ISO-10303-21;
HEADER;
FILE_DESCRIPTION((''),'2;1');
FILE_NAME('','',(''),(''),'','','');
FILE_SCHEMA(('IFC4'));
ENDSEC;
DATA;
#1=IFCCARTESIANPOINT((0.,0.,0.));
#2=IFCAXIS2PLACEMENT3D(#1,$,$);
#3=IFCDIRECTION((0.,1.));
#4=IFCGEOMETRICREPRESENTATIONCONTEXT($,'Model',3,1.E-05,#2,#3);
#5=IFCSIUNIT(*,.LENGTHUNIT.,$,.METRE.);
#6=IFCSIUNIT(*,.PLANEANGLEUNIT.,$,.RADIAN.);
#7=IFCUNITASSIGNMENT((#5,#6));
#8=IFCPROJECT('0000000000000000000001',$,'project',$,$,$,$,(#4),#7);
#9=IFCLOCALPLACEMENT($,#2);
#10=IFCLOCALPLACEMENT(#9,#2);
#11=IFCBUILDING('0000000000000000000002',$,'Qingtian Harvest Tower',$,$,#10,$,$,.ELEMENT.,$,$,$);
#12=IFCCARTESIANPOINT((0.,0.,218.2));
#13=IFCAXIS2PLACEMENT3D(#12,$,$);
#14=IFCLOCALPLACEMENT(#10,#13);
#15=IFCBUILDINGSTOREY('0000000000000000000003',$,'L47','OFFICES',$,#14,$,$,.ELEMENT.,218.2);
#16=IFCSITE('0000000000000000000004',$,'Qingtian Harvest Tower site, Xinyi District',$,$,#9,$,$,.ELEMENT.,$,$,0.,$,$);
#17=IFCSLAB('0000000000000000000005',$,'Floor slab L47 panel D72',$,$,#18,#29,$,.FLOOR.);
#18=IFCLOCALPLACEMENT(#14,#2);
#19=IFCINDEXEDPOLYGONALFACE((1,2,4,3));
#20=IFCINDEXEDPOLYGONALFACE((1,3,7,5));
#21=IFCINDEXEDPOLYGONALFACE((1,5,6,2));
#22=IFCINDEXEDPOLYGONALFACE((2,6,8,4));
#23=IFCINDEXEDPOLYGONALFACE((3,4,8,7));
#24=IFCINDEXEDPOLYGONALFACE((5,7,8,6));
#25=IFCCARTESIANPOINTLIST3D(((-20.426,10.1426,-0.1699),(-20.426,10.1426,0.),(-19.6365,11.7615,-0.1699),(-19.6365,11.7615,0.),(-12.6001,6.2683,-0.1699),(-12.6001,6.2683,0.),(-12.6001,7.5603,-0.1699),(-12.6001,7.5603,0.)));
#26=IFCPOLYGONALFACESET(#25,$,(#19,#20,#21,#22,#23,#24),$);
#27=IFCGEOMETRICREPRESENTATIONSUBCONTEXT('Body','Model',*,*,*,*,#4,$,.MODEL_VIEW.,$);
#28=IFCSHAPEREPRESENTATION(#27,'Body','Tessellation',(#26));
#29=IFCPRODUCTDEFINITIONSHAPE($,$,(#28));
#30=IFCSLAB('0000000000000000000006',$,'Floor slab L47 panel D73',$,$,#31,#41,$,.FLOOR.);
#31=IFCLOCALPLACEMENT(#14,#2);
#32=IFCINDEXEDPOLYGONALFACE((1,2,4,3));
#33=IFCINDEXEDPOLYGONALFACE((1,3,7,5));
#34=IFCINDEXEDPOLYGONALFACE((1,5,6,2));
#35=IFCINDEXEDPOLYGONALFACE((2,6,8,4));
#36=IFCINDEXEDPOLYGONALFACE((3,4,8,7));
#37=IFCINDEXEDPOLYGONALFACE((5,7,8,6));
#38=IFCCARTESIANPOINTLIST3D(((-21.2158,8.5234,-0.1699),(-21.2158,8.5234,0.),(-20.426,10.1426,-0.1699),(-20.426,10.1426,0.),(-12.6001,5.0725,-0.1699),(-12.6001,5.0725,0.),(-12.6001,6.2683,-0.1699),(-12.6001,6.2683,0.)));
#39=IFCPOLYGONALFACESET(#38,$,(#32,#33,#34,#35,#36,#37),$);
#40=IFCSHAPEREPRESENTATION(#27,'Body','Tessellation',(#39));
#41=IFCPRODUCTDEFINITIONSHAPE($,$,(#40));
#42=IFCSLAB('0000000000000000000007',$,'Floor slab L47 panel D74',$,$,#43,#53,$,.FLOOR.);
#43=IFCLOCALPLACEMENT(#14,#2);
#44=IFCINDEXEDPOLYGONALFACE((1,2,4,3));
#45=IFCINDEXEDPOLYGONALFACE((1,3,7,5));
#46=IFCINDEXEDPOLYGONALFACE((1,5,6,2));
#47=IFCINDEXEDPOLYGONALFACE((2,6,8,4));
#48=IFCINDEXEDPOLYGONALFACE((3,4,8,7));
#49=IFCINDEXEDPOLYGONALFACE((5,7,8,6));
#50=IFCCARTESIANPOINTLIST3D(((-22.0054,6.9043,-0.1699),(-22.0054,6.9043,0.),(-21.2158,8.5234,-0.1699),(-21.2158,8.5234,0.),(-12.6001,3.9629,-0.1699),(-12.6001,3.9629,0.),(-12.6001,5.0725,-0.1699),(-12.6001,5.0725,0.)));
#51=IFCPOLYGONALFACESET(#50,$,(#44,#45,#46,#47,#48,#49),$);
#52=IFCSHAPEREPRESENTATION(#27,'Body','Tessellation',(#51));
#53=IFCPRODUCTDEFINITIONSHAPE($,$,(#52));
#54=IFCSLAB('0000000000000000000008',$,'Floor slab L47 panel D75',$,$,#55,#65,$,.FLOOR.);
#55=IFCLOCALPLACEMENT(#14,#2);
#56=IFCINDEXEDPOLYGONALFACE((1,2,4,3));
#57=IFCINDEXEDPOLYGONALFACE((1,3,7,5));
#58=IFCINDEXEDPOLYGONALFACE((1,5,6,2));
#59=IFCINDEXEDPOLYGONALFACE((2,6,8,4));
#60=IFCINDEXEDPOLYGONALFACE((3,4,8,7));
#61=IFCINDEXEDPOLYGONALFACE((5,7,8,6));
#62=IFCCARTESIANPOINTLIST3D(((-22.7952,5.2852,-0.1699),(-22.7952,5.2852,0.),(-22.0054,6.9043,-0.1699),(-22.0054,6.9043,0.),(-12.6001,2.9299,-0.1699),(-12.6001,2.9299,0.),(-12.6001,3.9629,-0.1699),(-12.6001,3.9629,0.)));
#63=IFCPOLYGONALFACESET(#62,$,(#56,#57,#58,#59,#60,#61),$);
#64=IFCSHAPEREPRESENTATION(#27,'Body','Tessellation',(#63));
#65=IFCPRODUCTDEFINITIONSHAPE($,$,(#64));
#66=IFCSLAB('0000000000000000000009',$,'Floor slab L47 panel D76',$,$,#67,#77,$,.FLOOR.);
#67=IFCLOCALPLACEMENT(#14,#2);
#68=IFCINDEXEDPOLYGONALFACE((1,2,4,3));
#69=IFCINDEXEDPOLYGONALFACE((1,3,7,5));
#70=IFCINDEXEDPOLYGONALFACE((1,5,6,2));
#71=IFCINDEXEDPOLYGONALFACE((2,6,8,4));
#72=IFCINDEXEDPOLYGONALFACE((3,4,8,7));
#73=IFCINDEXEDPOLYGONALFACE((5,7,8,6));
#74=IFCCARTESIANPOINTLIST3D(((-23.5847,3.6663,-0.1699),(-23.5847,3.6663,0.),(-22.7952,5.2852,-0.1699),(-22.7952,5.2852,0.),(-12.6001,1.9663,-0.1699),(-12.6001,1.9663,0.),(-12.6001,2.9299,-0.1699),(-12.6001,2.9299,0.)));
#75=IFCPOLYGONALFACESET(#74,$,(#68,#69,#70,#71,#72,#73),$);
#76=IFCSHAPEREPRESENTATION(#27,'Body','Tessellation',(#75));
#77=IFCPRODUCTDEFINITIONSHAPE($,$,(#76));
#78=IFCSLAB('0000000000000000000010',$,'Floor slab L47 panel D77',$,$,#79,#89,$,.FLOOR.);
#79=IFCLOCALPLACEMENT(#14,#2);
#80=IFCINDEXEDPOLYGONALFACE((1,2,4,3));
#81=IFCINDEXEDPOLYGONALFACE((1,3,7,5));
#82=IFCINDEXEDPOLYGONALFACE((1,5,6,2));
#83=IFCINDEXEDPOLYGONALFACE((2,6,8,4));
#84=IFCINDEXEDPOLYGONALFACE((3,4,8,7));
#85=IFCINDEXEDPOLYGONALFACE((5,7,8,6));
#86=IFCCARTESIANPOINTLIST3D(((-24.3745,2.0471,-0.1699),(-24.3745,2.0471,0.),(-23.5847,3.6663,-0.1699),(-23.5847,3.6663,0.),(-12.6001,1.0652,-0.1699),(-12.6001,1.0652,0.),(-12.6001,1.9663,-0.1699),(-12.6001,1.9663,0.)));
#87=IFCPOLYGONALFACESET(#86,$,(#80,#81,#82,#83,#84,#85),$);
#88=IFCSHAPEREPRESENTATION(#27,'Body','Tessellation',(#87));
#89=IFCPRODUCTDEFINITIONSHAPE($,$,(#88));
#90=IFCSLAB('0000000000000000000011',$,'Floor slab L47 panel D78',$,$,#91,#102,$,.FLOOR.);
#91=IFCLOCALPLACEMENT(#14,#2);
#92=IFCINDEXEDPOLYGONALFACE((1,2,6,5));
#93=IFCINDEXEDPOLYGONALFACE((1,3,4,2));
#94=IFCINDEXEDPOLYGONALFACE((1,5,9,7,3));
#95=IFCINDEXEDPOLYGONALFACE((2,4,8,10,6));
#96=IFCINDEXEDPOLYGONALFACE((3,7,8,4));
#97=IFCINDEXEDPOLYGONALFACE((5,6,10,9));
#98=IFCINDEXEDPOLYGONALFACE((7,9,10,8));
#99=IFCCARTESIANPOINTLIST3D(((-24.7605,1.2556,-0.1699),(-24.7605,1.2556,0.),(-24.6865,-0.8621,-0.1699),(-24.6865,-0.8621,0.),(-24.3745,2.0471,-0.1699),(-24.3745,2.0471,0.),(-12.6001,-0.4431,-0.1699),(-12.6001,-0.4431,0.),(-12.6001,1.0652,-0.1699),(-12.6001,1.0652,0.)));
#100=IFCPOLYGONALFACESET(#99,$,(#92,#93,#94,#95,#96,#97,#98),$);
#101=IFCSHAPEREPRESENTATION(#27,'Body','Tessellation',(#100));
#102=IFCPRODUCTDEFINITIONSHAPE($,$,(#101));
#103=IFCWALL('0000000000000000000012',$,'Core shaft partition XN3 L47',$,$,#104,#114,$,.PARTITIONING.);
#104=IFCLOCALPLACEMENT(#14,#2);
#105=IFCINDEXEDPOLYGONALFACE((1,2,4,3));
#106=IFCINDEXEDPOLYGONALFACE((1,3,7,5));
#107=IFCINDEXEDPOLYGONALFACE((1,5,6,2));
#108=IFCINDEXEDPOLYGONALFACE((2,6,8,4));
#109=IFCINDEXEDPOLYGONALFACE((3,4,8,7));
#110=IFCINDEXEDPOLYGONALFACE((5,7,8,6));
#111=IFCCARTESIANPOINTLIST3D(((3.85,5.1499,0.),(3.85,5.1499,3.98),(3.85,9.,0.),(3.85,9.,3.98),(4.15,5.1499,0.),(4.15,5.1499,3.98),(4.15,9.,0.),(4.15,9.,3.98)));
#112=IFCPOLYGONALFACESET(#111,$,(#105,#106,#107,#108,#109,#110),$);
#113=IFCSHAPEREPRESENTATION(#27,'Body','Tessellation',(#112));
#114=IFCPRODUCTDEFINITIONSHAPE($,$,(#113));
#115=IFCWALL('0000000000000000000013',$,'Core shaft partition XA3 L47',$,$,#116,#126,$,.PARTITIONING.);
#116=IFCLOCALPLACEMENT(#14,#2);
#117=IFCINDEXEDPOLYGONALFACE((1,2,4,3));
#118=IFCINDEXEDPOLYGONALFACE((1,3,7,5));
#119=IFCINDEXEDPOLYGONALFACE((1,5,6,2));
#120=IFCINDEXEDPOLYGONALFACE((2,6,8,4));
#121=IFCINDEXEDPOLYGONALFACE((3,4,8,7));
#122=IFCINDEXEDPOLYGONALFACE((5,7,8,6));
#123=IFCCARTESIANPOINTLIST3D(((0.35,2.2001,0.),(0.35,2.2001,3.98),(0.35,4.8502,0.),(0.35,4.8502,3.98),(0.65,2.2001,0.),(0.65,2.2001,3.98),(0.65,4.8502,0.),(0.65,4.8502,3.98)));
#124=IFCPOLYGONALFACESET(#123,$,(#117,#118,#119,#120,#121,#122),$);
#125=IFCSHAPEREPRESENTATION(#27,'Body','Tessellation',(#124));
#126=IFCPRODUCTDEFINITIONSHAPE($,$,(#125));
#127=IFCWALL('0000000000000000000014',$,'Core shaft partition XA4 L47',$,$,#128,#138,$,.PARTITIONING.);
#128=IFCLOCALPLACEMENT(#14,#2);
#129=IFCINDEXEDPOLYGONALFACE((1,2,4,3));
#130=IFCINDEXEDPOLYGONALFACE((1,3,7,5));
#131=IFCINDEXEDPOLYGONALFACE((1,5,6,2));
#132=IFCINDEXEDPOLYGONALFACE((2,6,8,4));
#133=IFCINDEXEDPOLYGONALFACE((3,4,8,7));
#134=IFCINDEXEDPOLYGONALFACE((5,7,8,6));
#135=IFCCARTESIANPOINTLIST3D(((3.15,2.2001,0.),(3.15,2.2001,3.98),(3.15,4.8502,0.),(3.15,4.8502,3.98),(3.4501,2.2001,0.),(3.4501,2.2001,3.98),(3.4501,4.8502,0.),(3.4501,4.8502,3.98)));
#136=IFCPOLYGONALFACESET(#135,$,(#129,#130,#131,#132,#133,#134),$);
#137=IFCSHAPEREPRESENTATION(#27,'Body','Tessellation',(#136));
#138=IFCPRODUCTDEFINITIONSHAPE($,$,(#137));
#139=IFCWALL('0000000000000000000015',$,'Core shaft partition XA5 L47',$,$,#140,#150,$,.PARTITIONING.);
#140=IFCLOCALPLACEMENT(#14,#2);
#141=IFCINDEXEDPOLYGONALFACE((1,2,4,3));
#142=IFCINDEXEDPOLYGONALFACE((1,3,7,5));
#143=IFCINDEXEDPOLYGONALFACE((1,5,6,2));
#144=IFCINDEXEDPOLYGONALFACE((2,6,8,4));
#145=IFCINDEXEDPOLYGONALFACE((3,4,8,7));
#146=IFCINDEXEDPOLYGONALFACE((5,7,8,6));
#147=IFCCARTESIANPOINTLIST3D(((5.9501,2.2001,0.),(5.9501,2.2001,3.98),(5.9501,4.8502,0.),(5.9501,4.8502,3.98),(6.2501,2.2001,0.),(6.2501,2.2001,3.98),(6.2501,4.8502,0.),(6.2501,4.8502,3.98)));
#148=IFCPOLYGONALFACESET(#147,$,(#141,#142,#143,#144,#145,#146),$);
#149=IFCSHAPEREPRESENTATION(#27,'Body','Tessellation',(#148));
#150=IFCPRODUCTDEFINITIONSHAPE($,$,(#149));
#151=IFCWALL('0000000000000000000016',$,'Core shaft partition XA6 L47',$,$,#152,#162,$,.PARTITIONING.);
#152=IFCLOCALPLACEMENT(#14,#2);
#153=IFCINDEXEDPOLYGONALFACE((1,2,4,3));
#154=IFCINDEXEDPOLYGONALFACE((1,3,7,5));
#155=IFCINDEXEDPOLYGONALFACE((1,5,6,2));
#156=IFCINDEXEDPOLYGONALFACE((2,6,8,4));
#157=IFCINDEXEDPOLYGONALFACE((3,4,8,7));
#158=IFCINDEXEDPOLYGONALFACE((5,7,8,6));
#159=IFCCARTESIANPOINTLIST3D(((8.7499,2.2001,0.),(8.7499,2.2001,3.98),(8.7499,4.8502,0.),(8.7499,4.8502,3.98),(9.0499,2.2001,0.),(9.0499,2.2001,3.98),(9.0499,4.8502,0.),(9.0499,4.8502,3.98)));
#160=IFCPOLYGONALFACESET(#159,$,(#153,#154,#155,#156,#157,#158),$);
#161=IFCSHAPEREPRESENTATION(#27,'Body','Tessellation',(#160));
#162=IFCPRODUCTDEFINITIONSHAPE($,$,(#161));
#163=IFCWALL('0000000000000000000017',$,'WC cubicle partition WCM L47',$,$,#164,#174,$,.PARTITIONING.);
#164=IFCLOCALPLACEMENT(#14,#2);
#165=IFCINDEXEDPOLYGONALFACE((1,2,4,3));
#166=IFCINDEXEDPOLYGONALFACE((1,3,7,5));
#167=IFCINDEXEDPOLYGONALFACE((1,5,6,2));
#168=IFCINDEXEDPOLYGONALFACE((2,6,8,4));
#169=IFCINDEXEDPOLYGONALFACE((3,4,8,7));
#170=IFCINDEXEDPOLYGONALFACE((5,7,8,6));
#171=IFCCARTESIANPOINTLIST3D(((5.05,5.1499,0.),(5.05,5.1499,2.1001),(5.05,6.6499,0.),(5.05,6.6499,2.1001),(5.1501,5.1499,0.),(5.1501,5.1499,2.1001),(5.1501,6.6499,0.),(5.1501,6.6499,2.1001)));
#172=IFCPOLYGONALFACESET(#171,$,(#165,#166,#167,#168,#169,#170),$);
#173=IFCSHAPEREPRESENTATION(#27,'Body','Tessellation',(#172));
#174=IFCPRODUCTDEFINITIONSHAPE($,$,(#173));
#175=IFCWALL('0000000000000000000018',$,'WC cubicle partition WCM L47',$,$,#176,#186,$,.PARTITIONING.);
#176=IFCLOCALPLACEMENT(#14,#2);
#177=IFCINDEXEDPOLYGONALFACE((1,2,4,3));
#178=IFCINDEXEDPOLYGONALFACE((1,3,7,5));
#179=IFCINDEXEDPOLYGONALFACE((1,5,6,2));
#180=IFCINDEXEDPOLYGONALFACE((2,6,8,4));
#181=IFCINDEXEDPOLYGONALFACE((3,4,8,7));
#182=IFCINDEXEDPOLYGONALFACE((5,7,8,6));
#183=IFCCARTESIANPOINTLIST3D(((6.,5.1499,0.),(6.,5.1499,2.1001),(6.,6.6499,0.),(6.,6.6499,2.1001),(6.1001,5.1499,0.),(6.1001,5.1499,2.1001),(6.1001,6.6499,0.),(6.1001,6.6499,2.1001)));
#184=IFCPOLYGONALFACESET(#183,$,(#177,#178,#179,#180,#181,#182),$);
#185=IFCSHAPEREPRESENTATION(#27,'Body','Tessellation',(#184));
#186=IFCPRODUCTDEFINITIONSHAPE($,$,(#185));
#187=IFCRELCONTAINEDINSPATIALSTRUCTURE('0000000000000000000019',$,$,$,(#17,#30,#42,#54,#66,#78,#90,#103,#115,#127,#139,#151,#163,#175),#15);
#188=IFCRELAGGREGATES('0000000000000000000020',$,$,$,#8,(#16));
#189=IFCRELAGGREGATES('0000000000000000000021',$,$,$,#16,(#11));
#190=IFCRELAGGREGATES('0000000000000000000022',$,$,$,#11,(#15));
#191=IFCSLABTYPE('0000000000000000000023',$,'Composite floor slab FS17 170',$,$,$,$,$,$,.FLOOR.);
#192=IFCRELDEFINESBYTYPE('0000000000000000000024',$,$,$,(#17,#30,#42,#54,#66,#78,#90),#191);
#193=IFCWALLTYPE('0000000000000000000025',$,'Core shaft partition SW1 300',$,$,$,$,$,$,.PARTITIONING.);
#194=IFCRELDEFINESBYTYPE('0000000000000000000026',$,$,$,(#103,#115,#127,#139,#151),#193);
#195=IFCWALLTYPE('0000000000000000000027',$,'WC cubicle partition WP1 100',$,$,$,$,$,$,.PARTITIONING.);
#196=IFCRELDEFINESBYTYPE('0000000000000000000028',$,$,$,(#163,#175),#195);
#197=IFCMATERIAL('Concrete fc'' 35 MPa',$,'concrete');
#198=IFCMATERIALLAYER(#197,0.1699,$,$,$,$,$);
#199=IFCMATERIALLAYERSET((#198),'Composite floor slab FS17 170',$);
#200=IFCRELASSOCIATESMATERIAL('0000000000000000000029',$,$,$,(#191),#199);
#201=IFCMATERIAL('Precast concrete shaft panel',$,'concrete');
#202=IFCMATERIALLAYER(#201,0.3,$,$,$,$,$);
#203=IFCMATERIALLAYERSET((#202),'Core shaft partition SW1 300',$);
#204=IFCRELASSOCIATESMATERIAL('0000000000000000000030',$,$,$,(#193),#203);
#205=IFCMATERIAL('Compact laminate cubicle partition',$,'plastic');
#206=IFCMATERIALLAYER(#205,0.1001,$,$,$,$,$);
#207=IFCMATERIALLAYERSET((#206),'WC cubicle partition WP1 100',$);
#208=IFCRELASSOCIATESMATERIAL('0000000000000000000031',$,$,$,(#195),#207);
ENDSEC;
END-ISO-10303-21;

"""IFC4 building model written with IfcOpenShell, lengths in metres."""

from ifc_helpers import new_model, si_unit, direction, frame, frame_2d, origin, place, context, subcontext, project, spatial, polyline, rectangle, outline, extrude, material, layer, layer_set, type_object, element, save


model = new_model("IFC4")

# Units and contexts
model_context = context("Model", 3, precision=1e-05, world=origin(), true_north=direction((0.0, 1.0)))
body_context = subcontext(model_context, "Body", "Model", "MODEL_VIEW")
ifc_project = project(units=[si_unit("LENGTHUNIT", "METRE"), si_unit("PLANEANGLEUNIT", "RADIAN")], contexts=[model_context])

# Site, building, storey
site_placement = place(None, origin())
site = spatial("IfcSite", under=ifc_project, at=site_placement, Name="Qingtian Harvest Tower site, Xinyi District", CompositionType="ELEMENT", RefElevation=0.0)
building_placement = place(site_placement, origin())
building = spatial("IfcBuilding", under=site, at=building_placement, Name="Qingtian Harvest Tower", CompositionType="ELEMENT")
storey_placement = place(building_placement, frame((0.0, 0.0, 218.2)))
storey = spatial("IfcBuildingStorey", under=building, at=storey_placement, Name="L47", Description="OFFICES", CompositionType="ELEMENT", Elevation=218.2)

# Slabs
ifc_material_1 = material(Name="Concrete fc' 35 MPa", Category="concrete")
ifc_layer_1 = layer(ifc_material_1, 0.1699)
ifc_layer_set_1 = layer_set([ifc_layer_1], Name="Composite floor slab FS17 170")
slab_type = type_object("IfcSlabType", Name="Composite floor slab FS17 170", PredefinedType="FLOOR", material=ifc_layer_set_1)
slab_1_placement = place(storey_placement, frame((0.0, 0.0, -0.1699)))
element("IfcSlab", 1, at=slab_1_placement, inside=storey, type_object=slab_type, Name="Floor slab L47 panel D72", PredefinedType="FLOOR", context=body_context, shape_type="SweptSolid", body=[
    extrude(outline(polyline([(-12.6001, 6.2683), (-20.426, 10.1426), (-19.6365, 11.7615), (-12.6001, 7.5603), (-12.6001, 6.2683)])), origin(), (0.0, 0.0, 1.0), 0.1699),
])
slab_2_placement = place(storey_placement, frame((0.0, 0.0, -0.1699)))
element("IfcSlab", 2, at=slab_2_placement, inside=storey, type_object=slab_type, Name="Floor slab L47 panel D73", PredefinedType="FLOOR", context=body_context, shape_type="SweptSolid", body=[
    extrude(outline(polyline([(-12.6001, 5.0725), (-21.2158, 8.5234), (-20.426, 10.1426), (-12.6001, 6.2683), (-12.6001, 5.0725)])), origin(), (0.0, 0.0, 1.0), 0.1699),
])
slab_3_placement = place(storey_placement, frame((0.0, 0.0, -0.1699)))
element("IfcSlab", 3, at=slab_3_placement, inside=storey, type_object=slab_type, Name="Floor slab L47 panel D74", PredefinedType="FLOOR", context=body_context, shape_type="SweptSolid", body=[
    extrude(outline(polyline([(-12.6001, 3.9629), (-22.0054, 6.9043), (-21.2158, 8.5234), (-12.6001, 5.0725), (-12.6001, 3.9629)])), origin(), (0.0, 0.0, 1.0), 0.1699),
])
slab_4_placement = place(storey_placement, frame((0.0, 0.0, -0.1699)))
element("IfcSlab", 4, at=slab_4_placement, inside=storey, type_object=slab_type, Name="Floor slab L47 panel D75", PredefinedType="FLOOR", context=body_context, shape_type="SweptSolid", body=[
    extrude(outline(polyline([(-12.6001, 2.9299), (-22.7952, 5.2852), (-22.0054, 6.9043), (-12.6001, 3.9629), (-12.6001, 2.9299)])), origin(), (0.0, 0.0, 1.0), 0.1699),
])
slab_5_placement = place(storey_placement, frame((0.0, 0.0, -0.1699)))
element("IfcSlab", 5, at=slab_5_placement, inside=storey, type_object=slab_type, Name="Floor slab L47 panel D76", PredefinedType="FLOOR", context=body_context, shape_type="SweptSolid", body=[
    extrude(outline(polyline([(-12.6001, 1.9663), (-23.5847, 3.6663), (-22.7952, 5.2852), (-12.6001, 2.9299), (-12.6001, 1.9663)])), origin(), (0.0, 0.0, 1.0), 0.1699),
])
slab_6_placement = place(storey_placement, frame((0.0, 0.0, -0.1699)))
element("IfcSlab", 6, at=slab_6_placement, inside=storey, type_object=slab_type, Name="Floor slab L47 panel D77", PredefinedType="FLOOR", context=body_context, shape_type="SweptSolid", body=[
    extrude(outline(polyline([(-12.6001, 1.0652), (-24.3745, 2.0471), (-23.5847, 3.6663), (-12.6001, 1.9663), (-12.6001, 1.0652)])), origin(), (0.0, 0.0, 1.0), 0.1699),
])
slab_7_placement = place(storey_placement, frame((0.0, 0.0, -0.1699)))
element("IfcSlab", 7, at=slab_7_placement, inside=storey, type_object=slab_type, Name="Floor slab L47 panel D78", PredefinedType="FLOOR", context=body_context, shape_type="SweptSolid", body=[
    extrude(outline(polyline([(-12.6001, 1.0652), (-12.6001, -0.4431), (-24.6865, -0.8621), (-24.7605, 1.2556), (-24.3745, 2.0471), (-12.6001, 1.0652)])), origin(), (0.0, 0.0, 1.0), 0.1699),
])

# Shared definitions
ifc_material_2 = material(Name="Precast concrete shaft panel", Category="concrete")
ifc_layer_2 = layer(ifc_material_2, 0.3)
ifc_layer_set_2 = layer_set([ifc_layer_2], Name="Core shaft partition SW1 300")
wall_type_1 = type_object("IfcWallType", Name="Core shaft partition SW1 300", PredefinedType="PARTITIONING", material=ifc_layer_set_2)

# Walls
wall_1_placement = place(storey_placement, frame((4.0, 5.1499, 0.0), z_axis=(0.0, 0.0, 1.0), x_axis=(0.0, 1.0, 0.0)))
element("IfcWall", 8, at=wall_1_placement, inside=storey, type_object=wall_type_1, Name="Core shaft partition XN3 L47", PredefinedType="PARTITIONING", context=body_context, shape_type="SweptSolid", body=[
    extrude(rectangle(XDim=3.8501, YDim=0.3, at=frame_2d((1.925, 0.0))), origin(), (0.0, 0.0, 1.0), 3.98),
])
for number, where, z_axis, x_axis, name in (
    (9, (0.5, 2.2, 0.0), (0.0, 0.0, 1.0), (0.0, 1.0, 0.0), "Core shaft partition XA3 L47"),
    (10, (3.3, 2.2, 0.0), (0.0, 0.0, 1.0), (0.0, 1.0, 0.0), "Core shaft partition XA4 L47"),
    (11, (6.1001, 2.2, 0.0), (0.0, 0.0, 1.0), (0.0, 1.0, 0.0), "Core shaft partition XA5 L47"),
    (12, (8.8999, 2.2, 0.0), (0.0, 0.0, 1.0), (0.0, 1.0, 0.0), "Core shaft partition XA6 L47"),
):
    element("IfcWall", number, at=place(storey_placement, frame(where, z_axis=z_axis, x_axis=x_axis)), inside=storey, type_object=wall_type_1, Name=name, PredefinedType="PARTITIONING", context=body_context, shape_type="SweptSolid", body=[
        extrude(rectangle(XDim=2.6501, YDim=0.3, at=frame_2d((1.3252, 0.0))), origin(), (0.0, 0.0, 1.0), 3.98),
    ])
ifc_material_3 = material(Name="Compact laminate cubicle partition", Category="plastic")
ifc_layer_3 = layer(ifc_material_3, 0.1001)
ifc_layer_set_3 = layer_set([ifc_layer_3], Name="WC cubicle partition WP1 100")
wall_type_2 = type_object("IfcWallType", Name="WC cubicle partition WP1 100", PredefinedType="PARTITIONING", material=ifc_layer_set_3)
for number, where, z_axis, x_axis, name in (
    (13, (5.1001, 5.1499, 0.0), (0.0, 0.0, 1.0), (0.0, 1.0, 0.0), "WC cubicle partition WCM L47"),
    (14, (6.05, 5.1499, 0.0), (0.0, 0.0, 1.0), (0.0, 1.0, 0.0), "WC cubicle partition WCM L47"),
):
    element("IfcWall", number, at=place(storey_placement, frame(where, z_axis=z_axis, x_axis=x_axis)), inside=storey, type_object=wall_type_2, Name=name, PredefinedType="PARTITIONING", context=body_context, shape_type="SweptSolid", body=[
        extrude(rectangle(XDim=1.5, YDim=0.1001, at=frame_2d((0.75, 0.0))), origin(), (0.0, 0.0, 1.0), 2.1001),
    ])

save(model, "model.ifc")
